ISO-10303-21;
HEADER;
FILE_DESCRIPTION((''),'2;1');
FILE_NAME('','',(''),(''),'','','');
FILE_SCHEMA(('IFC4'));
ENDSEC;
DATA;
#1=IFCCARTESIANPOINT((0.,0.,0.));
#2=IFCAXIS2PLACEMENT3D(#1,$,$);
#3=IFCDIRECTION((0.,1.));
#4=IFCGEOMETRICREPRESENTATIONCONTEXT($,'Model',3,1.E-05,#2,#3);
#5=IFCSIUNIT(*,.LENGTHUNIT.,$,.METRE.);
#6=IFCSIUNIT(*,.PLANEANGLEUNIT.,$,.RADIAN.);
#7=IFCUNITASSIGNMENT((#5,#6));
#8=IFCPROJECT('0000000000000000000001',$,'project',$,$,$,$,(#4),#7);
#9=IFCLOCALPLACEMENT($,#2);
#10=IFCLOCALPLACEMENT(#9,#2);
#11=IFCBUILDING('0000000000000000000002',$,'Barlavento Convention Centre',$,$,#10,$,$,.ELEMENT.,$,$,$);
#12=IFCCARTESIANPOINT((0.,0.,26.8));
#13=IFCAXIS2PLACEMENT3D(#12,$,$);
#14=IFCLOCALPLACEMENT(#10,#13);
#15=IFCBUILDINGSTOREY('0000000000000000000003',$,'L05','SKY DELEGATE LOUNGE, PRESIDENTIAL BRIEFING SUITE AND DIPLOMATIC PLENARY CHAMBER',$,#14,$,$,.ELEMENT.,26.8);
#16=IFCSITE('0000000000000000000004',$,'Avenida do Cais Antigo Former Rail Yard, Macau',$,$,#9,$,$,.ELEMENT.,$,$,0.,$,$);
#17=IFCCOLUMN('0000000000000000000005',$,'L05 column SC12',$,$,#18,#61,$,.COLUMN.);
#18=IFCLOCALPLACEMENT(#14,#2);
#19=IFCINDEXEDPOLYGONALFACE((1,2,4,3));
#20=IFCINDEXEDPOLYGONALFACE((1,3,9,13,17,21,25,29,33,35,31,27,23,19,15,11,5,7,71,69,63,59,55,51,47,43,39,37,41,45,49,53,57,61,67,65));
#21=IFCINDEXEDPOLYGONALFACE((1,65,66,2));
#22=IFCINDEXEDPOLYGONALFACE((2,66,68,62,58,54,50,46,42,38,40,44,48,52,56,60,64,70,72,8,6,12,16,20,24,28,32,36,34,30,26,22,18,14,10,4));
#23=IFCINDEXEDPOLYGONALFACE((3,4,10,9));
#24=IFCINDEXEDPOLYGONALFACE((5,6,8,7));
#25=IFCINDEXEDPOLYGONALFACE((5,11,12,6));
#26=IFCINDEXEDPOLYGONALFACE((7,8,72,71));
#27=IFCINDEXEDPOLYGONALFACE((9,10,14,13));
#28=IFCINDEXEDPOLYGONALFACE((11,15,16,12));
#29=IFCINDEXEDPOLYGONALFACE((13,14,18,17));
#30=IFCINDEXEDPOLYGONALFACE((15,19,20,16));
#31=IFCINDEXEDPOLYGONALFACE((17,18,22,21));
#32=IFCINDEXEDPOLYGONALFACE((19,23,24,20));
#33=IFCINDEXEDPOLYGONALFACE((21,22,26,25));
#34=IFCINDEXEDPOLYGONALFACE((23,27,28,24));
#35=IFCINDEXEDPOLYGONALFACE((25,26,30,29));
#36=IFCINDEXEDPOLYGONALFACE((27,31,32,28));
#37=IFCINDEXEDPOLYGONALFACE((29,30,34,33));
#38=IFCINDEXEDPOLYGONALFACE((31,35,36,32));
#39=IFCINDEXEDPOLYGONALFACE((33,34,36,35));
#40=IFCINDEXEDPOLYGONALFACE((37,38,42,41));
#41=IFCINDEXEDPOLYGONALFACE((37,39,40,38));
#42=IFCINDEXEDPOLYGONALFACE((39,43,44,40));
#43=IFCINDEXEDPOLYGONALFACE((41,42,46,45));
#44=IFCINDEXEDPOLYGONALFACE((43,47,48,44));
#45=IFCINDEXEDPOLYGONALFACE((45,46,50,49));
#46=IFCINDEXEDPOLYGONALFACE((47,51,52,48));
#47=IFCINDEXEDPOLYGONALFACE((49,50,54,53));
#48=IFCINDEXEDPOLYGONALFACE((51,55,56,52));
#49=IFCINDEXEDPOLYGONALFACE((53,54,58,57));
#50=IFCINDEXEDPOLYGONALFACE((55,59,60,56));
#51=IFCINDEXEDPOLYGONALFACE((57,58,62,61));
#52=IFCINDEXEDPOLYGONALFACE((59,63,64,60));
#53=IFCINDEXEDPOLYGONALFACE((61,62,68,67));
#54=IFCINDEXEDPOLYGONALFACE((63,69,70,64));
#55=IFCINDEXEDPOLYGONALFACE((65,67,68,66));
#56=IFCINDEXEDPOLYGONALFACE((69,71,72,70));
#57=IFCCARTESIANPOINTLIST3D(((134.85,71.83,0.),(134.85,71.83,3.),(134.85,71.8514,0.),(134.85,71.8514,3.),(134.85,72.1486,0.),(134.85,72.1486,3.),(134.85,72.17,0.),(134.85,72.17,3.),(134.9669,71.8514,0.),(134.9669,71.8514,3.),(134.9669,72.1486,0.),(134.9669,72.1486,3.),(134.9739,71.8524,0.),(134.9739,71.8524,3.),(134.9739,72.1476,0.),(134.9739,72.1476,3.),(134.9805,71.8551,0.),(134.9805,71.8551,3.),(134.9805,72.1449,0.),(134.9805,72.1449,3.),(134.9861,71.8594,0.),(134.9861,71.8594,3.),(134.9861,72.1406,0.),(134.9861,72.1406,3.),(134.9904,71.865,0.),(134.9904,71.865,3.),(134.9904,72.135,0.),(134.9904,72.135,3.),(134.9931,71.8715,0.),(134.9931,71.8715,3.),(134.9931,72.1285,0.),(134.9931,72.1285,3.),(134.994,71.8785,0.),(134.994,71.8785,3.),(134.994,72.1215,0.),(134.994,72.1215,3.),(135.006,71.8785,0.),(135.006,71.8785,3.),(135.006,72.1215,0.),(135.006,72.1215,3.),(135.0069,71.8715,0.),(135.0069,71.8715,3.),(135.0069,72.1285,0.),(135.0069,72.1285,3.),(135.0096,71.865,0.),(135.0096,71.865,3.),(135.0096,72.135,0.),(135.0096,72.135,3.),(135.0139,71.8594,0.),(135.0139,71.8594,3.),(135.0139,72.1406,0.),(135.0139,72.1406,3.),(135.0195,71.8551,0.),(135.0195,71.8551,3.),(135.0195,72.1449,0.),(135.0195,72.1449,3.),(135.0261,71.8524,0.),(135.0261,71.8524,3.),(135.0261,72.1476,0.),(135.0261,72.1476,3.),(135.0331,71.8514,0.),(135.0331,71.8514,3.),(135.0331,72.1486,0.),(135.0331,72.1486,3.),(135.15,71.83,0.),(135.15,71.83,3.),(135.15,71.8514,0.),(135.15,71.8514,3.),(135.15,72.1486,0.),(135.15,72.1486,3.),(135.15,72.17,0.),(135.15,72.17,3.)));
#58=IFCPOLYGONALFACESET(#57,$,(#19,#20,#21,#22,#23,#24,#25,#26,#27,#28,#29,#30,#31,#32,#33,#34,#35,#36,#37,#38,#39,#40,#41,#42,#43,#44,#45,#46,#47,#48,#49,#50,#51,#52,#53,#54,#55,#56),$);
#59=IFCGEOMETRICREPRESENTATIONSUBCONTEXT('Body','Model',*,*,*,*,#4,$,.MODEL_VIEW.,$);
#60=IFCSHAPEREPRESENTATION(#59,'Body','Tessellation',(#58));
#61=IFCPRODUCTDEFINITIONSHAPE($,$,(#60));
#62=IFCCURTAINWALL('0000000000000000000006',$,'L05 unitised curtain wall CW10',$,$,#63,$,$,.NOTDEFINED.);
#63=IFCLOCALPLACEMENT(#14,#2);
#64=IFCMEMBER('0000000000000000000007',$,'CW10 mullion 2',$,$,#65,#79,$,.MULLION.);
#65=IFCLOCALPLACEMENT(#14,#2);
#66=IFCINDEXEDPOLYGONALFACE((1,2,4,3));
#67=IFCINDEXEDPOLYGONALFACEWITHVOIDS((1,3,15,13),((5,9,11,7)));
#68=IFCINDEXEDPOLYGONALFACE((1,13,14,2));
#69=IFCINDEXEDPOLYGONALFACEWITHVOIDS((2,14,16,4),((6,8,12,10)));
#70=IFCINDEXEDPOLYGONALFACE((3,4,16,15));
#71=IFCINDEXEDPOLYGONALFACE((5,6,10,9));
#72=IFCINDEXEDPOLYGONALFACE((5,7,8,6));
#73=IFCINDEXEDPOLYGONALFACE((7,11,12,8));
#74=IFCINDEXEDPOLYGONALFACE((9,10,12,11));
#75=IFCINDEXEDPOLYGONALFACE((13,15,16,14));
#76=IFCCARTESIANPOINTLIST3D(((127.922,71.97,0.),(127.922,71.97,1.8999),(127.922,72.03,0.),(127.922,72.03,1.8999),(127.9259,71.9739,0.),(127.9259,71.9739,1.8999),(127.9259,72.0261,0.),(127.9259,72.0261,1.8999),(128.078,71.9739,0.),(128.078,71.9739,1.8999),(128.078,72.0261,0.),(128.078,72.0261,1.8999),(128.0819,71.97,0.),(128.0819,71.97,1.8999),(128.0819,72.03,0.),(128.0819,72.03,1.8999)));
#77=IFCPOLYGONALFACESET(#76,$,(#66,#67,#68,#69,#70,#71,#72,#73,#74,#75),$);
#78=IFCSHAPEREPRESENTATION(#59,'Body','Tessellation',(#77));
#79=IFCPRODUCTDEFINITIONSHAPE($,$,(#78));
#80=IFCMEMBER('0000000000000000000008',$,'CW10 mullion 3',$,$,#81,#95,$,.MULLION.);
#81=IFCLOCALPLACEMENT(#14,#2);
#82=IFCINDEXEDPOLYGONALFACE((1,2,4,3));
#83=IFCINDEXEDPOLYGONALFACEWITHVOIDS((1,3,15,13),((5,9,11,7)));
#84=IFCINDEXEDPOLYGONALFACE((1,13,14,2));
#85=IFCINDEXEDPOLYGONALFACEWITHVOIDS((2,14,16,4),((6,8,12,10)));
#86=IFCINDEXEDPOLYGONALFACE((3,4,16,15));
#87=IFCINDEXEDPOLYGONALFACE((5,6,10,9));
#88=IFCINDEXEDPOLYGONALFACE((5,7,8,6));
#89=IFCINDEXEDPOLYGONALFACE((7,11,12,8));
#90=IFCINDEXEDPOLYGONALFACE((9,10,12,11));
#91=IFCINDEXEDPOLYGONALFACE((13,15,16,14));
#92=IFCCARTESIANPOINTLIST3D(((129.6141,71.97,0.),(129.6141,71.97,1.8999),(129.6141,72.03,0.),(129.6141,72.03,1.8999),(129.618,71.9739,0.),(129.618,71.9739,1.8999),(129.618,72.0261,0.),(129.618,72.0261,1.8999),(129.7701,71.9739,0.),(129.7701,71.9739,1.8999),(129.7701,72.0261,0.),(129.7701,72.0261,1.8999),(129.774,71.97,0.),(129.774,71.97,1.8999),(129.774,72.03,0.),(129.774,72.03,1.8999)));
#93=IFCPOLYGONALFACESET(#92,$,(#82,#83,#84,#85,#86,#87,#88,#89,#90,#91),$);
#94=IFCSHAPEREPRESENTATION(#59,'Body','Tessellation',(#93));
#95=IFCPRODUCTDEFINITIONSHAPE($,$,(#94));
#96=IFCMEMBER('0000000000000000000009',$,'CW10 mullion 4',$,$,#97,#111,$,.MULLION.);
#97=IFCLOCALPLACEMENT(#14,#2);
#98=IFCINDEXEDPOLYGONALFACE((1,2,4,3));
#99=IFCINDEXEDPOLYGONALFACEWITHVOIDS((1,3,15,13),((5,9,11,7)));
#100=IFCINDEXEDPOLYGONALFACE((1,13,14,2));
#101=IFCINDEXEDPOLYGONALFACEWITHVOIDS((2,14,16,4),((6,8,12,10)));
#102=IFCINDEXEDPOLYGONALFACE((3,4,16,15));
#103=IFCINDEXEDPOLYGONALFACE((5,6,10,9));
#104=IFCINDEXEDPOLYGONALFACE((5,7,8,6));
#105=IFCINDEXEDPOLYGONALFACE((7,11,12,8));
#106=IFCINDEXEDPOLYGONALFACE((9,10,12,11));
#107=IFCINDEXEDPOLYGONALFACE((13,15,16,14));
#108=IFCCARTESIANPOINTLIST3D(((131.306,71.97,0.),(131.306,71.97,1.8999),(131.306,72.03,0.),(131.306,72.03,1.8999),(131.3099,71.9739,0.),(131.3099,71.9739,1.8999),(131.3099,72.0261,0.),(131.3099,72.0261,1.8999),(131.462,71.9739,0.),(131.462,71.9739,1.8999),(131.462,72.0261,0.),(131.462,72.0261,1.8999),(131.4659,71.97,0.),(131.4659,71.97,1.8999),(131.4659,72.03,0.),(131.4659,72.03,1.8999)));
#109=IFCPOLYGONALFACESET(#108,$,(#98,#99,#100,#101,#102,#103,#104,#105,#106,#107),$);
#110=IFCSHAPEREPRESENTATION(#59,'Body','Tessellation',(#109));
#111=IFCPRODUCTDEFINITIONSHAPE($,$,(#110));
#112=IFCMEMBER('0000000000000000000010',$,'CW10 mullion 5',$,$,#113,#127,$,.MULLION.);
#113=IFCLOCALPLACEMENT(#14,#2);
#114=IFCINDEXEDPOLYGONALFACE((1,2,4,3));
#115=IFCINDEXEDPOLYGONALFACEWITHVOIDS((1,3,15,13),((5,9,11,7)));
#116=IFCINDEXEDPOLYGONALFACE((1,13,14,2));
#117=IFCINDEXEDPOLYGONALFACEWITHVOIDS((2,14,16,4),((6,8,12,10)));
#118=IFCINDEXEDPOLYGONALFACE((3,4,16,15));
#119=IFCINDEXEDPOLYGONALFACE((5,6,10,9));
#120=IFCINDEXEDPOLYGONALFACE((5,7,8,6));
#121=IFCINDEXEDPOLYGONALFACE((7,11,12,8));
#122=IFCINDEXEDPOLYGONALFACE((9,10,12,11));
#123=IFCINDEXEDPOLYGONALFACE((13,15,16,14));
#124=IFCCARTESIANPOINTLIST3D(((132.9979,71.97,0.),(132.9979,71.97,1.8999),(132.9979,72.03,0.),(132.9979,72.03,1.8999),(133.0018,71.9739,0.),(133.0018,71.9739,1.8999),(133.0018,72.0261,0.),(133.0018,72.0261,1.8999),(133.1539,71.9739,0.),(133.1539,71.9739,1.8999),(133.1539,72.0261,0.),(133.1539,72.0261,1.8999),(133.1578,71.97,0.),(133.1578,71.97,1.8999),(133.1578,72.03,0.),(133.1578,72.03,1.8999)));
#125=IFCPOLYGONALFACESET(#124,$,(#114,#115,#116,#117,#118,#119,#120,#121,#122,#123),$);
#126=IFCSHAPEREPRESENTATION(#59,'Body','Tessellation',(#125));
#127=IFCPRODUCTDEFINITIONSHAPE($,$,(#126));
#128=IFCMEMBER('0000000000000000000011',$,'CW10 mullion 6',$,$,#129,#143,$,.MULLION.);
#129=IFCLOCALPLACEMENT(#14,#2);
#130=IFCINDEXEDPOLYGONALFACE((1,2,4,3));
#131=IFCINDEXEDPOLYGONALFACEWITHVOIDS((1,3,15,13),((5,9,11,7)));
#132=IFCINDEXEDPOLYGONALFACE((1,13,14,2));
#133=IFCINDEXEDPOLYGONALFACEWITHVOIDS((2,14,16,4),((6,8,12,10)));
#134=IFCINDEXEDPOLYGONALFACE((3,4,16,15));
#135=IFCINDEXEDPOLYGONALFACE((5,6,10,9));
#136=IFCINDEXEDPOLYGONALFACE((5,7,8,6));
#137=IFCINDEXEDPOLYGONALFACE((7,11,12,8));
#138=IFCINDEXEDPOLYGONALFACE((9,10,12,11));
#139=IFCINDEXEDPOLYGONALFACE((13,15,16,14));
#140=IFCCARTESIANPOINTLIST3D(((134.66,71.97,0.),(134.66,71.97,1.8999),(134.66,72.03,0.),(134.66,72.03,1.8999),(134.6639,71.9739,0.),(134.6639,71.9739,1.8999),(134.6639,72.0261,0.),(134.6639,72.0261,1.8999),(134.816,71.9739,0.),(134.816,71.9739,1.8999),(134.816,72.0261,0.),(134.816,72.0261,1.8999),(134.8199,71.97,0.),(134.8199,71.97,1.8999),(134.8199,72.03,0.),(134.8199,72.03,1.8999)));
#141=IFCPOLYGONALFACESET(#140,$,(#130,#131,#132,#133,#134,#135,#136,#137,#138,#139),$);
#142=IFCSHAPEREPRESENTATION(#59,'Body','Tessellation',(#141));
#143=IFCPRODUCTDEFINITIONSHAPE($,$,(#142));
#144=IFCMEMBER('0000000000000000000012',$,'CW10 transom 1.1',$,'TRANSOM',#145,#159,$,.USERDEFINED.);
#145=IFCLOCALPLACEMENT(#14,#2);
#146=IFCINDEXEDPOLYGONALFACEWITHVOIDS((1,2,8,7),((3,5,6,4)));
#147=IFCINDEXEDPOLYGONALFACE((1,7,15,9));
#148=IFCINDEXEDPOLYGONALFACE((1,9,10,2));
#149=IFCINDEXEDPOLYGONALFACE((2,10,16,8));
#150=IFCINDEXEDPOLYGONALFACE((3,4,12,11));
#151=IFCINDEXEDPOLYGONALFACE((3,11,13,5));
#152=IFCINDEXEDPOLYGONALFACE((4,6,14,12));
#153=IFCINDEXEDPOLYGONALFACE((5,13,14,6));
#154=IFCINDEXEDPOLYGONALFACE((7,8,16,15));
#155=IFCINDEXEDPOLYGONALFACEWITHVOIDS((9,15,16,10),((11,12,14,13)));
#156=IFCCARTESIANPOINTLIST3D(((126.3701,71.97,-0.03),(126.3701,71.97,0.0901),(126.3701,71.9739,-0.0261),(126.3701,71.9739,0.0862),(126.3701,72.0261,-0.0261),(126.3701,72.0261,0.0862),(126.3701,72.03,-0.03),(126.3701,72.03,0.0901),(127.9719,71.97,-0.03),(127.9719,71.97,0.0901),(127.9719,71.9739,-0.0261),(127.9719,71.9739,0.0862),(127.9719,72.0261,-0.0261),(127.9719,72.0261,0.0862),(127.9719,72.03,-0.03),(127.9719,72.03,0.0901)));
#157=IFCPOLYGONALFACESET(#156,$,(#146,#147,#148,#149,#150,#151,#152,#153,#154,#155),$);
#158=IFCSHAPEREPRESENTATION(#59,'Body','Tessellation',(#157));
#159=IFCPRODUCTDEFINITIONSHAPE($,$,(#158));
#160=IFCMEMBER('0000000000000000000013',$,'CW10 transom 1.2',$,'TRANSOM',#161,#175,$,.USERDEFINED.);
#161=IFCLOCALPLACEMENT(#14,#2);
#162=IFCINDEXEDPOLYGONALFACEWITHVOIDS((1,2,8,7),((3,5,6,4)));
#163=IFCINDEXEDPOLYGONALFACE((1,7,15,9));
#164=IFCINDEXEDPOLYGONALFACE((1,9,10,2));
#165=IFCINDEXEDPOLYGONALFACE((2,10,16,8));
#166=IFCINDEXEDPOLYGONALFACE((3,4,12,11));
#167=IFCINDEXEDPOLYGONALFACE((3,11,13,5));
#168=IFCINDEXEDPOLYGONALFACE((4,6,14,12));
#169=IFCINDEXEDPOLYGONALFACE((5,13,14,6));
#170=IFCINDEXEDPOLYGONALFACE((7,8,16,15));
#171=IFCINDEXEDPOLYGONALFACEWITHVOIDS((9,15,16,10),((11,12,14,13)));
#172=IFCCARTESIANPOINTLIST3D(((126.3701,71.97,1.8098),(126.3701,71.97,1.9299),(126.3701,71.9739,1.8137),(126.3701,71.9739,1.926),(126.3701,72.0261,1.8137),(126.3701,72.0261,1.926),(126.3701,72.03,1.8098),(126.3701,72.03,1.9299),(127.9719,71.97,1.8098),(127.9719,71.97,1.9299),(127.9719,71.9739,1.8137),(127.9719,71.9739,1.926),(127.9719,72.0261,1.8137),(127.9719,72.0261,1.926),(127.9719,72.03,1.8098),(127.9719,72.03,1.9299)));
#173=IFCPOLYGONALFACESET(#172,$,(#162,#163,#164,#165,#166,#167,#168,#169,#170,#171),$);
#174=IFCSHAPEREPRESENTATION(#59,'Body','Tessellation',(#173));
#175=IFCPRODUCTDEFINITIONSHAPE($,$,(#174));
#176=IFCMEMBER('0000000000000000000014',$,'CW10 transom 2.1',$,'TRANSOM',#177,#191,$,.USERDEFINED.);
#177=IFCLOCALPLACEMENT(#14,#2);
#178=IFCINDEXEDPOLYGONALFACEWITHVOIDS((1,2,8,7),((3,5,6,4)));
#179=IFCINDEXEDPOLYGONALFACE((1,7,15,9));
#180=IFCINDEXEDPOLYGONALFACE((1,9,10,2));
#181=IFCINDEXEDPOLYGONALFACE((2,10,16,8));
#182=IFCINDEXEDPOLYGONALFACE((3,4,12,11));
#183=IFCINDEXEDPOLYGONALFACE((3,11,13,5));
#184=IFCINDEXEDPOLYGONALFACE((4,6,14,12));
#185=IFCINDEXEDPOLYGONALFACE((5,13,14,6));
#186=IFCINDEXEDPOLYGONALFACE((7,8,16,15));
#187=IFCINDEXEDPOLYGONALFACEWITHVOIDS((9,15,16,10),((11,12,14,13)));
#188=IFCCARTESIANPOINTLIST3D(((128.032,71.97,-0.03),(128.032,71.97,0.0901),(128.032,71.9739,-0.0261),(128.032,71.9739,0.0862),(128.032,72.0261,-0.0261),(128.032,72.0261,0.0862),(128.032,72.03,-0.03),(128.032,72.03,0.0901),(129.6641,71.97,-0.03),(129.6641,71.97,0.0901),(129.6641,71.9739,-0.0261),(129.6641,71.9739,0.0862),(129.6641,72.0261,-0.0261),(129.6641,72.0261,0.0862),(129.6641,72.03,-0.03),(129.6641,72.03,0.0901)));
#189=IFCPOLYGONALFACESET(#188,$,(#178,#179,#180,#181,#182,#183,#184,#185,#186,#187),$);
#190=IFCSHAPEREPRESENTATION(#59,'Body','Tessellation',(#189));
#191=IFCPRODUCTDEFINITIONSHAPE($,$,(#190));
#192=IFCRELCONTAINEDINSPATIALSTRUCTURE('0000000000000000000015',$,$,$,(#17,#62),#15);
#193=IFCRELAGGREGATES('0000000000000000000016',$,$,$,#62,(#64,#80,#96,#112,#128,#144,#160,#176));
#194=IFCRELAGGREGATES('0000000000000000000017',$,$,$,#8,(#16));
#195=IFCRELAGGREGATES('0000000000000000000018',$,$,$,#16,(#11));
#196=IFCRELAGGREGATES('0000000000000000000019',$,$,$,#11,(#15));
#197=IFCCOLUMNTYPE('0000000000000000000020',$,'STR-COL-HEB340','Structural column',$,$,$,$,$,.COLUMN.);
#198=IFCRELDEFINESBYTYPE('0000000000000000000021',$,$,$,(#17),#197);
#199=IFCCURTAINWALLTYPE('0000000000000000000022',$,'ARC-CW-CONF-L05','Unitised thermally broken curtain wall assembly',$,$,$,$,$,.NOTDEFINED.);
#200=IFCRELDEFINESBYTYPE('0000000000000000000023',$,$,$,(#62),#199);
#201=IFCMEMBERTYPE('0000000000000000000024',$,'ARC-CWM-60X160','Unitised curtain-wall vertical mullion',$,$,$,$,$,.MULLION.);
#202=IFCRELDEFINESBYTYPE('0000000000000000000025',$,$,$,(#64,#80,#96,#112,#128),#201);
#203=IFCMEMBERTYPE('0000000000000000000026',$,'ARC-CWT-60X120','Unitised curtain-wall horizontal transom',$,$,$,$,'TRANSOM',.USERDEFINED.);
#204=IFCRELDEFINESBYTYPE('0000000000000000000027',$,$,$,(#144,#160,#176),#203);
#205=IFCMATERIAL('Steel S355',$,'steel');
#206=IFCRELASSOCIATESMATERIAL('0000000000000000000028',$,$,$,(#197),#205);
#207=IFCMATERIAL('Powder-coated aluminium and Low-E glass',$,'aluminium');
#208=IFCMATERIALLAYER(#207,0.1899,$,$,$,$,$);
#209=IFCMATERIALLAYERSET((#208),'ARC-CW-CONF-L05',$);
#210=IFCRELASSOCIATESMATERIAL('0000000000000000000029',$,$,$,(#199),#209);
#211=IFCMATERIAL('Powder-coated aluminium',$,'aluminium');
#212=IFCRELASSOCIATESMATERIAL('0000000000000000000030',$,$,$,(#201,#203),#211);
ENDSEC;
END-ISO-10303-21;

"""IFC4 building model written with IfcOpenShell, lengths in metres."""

from ifc_helpers import new_model, si_unit, direction, frame, origin, origin_2d, place, context, subcontext, project, spatial, hollow_rectangle, i_section, extrude, material, layer, layer_set, material_profile, profile_set, type_object, element, aggregate, save


model = new_model("IFC4")

# Units and contexts
model_context = context("Model", 3, precision=1e-05, world=origin(), true_north=direction((0.0, 1.0)))
body_context = subcontext(model_context, "Body", "Model", "MODEL_VIEW")
ifc_project = project(units=[si_unit("LENGTHUNIT", "METRE"), si_unit("PLANEANGLEUNIT", "RADIAN")], contexts=[model_context])

# Site, building, storey
site_placement = place(None, origin())
site = spatial("IfcSite", under=ifc_project, at=site_placement, Name="Avenida do Cais Antigo Former Rail Yard, Macau", CompositionType="ELEMENT", RefElevation=0.0)
building_placement = place(site_placement, origin())
building = spatial("IfcBuilding", under=site, at=building_placement, Name="Barlavento Convention Centre", CompositionType="ELEMENT")
storey_placement = place(building_placement, frame((0.0, 0.0, 26.8)))
storey = spatial("IfcBuildingStorey", under=building, at=storey_placement, Name="L05", Description="SKY DELEGATE LOUNGE, PRESIDENTIAL BRIEFING SUITE AND DIPLOMATIC PLENARY CHAMBER", CompositionType="ELEMENT", Elevation=26.8)

# Column
ifc_material_1 = material(Name="Steel S355", Category="steel")
ifc_material_profile_1 = material_profile(ifc_material_1, i_section(OverallWidth=0.3, OverallDepth=0.3401, WebThickness=0.012, FlangeThickness=0.0215, FilletRadius=0.0271, at=origin_2d()), Name="HEB 340")
ifc_profile_set_1 = profile_set([ifc_material_profile_1], Name="Steel S355")
column_type = type_object("IfcColumnType", Name="STR-COL-HEB340", Description="Structural column", PredefinedType="COLUMN", material=ifc_profile_set_1)
column_placement = place(storey_placement, frame((135.0, 72.0, 0.0), z_axis=(0.0, 0.0, 1.0), x_axis=(1.0, 0.0, 0.0)))
element("IfcColumn", 1, at=column_placement, inside=storey, type_object=column_type, Name="L05 column SC12", PredefinedType="COLUMN", context=body_context, shape_type="SweptSolid", body=[
    extrude(i_section(OverallWidth=0.3, OverallDepth=0.3401, WebThickness=0.012, FlangeThickness=0.0215, FilletRadius=0.0271, at=origin_2d()), origin(), (0.0, 0.0, 1.0), 3.0),
])

# Curtain wall, members
ifc_material_2 = material(Name="Powder-coated aluminium and Low-E glass", Category="aluminium")
ifc_layer_1 = layer(ifc_material_2, 0.1899)
ifc_layer_set_1 = layer_set([ifc_layer_1], Name="ARC-CW-CONF-L05")
curtain_wall_type = type_object("IfcCurtainWallType", Name="ARC-CW-CONF-L05", Description="Unitised thermally broken curtain wall assembly", PredefinedType="NOTDEFINED", material=ifc_layer_set_1)
curtain_wall_placement = place(storey_placement, origin())
curtain_wall = element("IfcCurtainWall", 2, at=curtain_wall_placement, inside=storey, type_object=curtain_wall_type, Name="L05 unitised curtain wall CW10", PredefinedType="NOTDEFINED")
ifc_material_3 = material(Name="Powder-coated aluminium", Category="aluminium")
ifc_material_profile_2 = material_profile(ifc_material_3, hollow_rectangle(XDim=0.0601, YDim=0.1599, WallThickness=0.0039, at=origin_2d()), Name="AL-MULL 60x160x4")
ifc_profile_set_2 = profile_set([ifc_material_profile_2], Name="Powder-coated aluminium")
member_type_1 = type_object("IfcMemberType", Name="ARC-CWM-60X160", Description="Unitised curtain-wall vertical mullion", PredefinedType="MULLION", material=ifc_profile_set_2)
member_1_placement = place(storey_placement, frame((128.002, 72.0, 0.0), z_axis=(0.0, 0.0, 1.0), x_axis=(0.0, 1.0, 0.0)))
member_1 = element("IfcMember", 3, at=member_1_placement, type_object=member_type_1, Name="CW10 mullion 2", PredefinedType="MULLION", context=body_context, shape_type="SweptSolid", body=[
    extrude(hollow_rectangle(XDim=0.0601, YDim=0.1599, WallThickness=0.0039, at=origin_2d()), origin(), (0.0, 0.0, 1.0), 1.8999),
])
member_2_placement = place(storey_placement, frame((129.6941, 72.0, 0.0), z_axis=(0.0, 0.0, 1.0), x_axis=(0.0, 1.0, 0.0)))
member_2 = element("IfcMember", 4, at=member_2_placement, type_object=member_type_1, Name="CW10 mullion 3", PredefinedType="MULLION", context=body_context, shape_type="SweptSolid", body=[
    extrude(hollow_rectangle(XDim=0.0601, YDim=0.1599, WallThickness=0.0039, at=origin_2d()), origin(), (0.0, 0.0, 1.0), 1.8999),
])
member_3_placement = place(storey_placement, frame((131.386, 72.0, 0.0), z_axis=(0.0, 0.0, 1.0), x_axis=(0.0, 1.0, 0.0)))
member_3 = element("IfcMember", 5, at=member_3_placement, type_object=member_type_1, Name="CW10 mullion 4", PredefinedType="MULLION", context=body_context, shape_type="SweptSolid", body=[
    extrude(hollow_rectangle(XDim=0.0601, YDim=0.1599, WallThickness=0.0039, at=origin_2d()), origin(), (0.0, 0.0, 1.0), 1.8999),
])
member_4_placement = place(storey_placement, frame((133.0779, 72.0, 0.0), z_axis=(0.0, 0.0, 1.0), x_axis=(0.0, 1.0, 0.0)))
member_4 = element("IfcMember", 6, at=member_4_placement, type_object=member_type_1, Name="CW10 mullion 5", PredefinedType="MULLION", context=body_context, shape_type="SweptSolid", body=[
    extrude(hollow_rectangle(XDim=0.0601, YDim=0.1599, WallThickness=0.0039, at=origin_2d()), origin(), (0.0, 0.0, 1.0), 1.8999),
])
member_5_placement = place(storey_placement, frame((134.74, 72.0, 0.0), z_axis=(0.0, 0.0, 1.0), x_axis=(0.0, 1.0, 0.0)))
member_5 = element("IfcMember", 7, at=member_5_placement, type_object=member_type_1, Name="CW10 mullion 6", PredefinedType="MULLION", context=body_context, shape_type="SweptSolid", body=[
    extrude(hollow_rectangle(XDim=0.0601, YDim=0.1599, WallThickness=0.0039, at=origin_2d()), origin(), (0.0, 0.0, 1.0), 1.8999),
])
ifc_material_profile_3 = material_profile(ifc_material_3, hollow_rectangle(XDim=0.0601, YDim=0.1201, WallThickness=0.0039, at=origin_2d()), Name="AL-TRAN 60x120x4")
ifc_profile_set_3 = profile_set([ifc_material_profile_3], Name="Powder-coated aluminium")
member_type_2 = type_object("IfcMemberType", Name="ARC-CWT-60X120", Description="Unitised curtain-wall horizontal transom", ElementType="TRANSOM", PredefinedType="USERDEFINED", material=ifc_profile_set_3)
member_6_placement = place(storey_placement, frame((126.3701, 72.0, 0.03), z_axis=(1.0, 0.0, 0.0), x_axis=(0.0, 1.0, 0.0)))
member_6 = element("IfcMember", 8, at=member_6_placement, type_object=member_type_2, Name="CW10 transom 1.1", ObjectType="TRANSOM", PredefinedType="USERDEFINED", context=body_context, shape_type="SweptSolid", body=[
    extrude(hollow_rectangle(XDim=0.0601, YDim=0.1201, WallThickness=0.0039, at=origin_2d()), origin(), (0.0, 0.0, 1.0), 1.6018),
])
member_7_placement = place(storey_placement, frame((126.3701, 72.0, 1.8699), z_axis=(1.0, 0.0, 0.0), x_axis=(0.0, 1.0, 0.0)))
member_7 = element("IfcMember", 9, at=member_7_placement, type_object=member_type_2, Name="CW10 transom 1.2", ObjectType="TRANSOM", PredefinedType="USERDEFINED", context=body_context, shape_type="SweptSolid", body=[
    extrude(hollow_rectangle(XDim=0.0601, YDim=0.1201, WallThickness=0.0039, at=origin_2d()), origin(), (0.0, 0.0, 1.0), 1.6018),
])
member_8_placement = place(storey_placement, frame((128.032, 72.0, 0.03), z_axis=(1.0, 0.0, 0.0), x_axis=(0.0, 1.0, 0.0)))
member_8 = element("IfcMember", 10, at=member_8_placement, type_object=member_type_2, Name="CW10 transom 2.1", ObjectType="TRANSOM", PredefinedType="USERDEFINED", context=body_context, shape_type="SweptSolid", body=[
    extrude(hollow_rectangle(XDim=0.0601, YDim=0.1201, WallThickness=0.0039, at=origin_2d()), origin(), (0.0, 0.0, 1.0), 1.6321),
])
aggregate(curtain_wall, [member_1, member_2, member_3, member_4, member_5, member_6, member_7, member_8])

save(model, "model.ifc")
